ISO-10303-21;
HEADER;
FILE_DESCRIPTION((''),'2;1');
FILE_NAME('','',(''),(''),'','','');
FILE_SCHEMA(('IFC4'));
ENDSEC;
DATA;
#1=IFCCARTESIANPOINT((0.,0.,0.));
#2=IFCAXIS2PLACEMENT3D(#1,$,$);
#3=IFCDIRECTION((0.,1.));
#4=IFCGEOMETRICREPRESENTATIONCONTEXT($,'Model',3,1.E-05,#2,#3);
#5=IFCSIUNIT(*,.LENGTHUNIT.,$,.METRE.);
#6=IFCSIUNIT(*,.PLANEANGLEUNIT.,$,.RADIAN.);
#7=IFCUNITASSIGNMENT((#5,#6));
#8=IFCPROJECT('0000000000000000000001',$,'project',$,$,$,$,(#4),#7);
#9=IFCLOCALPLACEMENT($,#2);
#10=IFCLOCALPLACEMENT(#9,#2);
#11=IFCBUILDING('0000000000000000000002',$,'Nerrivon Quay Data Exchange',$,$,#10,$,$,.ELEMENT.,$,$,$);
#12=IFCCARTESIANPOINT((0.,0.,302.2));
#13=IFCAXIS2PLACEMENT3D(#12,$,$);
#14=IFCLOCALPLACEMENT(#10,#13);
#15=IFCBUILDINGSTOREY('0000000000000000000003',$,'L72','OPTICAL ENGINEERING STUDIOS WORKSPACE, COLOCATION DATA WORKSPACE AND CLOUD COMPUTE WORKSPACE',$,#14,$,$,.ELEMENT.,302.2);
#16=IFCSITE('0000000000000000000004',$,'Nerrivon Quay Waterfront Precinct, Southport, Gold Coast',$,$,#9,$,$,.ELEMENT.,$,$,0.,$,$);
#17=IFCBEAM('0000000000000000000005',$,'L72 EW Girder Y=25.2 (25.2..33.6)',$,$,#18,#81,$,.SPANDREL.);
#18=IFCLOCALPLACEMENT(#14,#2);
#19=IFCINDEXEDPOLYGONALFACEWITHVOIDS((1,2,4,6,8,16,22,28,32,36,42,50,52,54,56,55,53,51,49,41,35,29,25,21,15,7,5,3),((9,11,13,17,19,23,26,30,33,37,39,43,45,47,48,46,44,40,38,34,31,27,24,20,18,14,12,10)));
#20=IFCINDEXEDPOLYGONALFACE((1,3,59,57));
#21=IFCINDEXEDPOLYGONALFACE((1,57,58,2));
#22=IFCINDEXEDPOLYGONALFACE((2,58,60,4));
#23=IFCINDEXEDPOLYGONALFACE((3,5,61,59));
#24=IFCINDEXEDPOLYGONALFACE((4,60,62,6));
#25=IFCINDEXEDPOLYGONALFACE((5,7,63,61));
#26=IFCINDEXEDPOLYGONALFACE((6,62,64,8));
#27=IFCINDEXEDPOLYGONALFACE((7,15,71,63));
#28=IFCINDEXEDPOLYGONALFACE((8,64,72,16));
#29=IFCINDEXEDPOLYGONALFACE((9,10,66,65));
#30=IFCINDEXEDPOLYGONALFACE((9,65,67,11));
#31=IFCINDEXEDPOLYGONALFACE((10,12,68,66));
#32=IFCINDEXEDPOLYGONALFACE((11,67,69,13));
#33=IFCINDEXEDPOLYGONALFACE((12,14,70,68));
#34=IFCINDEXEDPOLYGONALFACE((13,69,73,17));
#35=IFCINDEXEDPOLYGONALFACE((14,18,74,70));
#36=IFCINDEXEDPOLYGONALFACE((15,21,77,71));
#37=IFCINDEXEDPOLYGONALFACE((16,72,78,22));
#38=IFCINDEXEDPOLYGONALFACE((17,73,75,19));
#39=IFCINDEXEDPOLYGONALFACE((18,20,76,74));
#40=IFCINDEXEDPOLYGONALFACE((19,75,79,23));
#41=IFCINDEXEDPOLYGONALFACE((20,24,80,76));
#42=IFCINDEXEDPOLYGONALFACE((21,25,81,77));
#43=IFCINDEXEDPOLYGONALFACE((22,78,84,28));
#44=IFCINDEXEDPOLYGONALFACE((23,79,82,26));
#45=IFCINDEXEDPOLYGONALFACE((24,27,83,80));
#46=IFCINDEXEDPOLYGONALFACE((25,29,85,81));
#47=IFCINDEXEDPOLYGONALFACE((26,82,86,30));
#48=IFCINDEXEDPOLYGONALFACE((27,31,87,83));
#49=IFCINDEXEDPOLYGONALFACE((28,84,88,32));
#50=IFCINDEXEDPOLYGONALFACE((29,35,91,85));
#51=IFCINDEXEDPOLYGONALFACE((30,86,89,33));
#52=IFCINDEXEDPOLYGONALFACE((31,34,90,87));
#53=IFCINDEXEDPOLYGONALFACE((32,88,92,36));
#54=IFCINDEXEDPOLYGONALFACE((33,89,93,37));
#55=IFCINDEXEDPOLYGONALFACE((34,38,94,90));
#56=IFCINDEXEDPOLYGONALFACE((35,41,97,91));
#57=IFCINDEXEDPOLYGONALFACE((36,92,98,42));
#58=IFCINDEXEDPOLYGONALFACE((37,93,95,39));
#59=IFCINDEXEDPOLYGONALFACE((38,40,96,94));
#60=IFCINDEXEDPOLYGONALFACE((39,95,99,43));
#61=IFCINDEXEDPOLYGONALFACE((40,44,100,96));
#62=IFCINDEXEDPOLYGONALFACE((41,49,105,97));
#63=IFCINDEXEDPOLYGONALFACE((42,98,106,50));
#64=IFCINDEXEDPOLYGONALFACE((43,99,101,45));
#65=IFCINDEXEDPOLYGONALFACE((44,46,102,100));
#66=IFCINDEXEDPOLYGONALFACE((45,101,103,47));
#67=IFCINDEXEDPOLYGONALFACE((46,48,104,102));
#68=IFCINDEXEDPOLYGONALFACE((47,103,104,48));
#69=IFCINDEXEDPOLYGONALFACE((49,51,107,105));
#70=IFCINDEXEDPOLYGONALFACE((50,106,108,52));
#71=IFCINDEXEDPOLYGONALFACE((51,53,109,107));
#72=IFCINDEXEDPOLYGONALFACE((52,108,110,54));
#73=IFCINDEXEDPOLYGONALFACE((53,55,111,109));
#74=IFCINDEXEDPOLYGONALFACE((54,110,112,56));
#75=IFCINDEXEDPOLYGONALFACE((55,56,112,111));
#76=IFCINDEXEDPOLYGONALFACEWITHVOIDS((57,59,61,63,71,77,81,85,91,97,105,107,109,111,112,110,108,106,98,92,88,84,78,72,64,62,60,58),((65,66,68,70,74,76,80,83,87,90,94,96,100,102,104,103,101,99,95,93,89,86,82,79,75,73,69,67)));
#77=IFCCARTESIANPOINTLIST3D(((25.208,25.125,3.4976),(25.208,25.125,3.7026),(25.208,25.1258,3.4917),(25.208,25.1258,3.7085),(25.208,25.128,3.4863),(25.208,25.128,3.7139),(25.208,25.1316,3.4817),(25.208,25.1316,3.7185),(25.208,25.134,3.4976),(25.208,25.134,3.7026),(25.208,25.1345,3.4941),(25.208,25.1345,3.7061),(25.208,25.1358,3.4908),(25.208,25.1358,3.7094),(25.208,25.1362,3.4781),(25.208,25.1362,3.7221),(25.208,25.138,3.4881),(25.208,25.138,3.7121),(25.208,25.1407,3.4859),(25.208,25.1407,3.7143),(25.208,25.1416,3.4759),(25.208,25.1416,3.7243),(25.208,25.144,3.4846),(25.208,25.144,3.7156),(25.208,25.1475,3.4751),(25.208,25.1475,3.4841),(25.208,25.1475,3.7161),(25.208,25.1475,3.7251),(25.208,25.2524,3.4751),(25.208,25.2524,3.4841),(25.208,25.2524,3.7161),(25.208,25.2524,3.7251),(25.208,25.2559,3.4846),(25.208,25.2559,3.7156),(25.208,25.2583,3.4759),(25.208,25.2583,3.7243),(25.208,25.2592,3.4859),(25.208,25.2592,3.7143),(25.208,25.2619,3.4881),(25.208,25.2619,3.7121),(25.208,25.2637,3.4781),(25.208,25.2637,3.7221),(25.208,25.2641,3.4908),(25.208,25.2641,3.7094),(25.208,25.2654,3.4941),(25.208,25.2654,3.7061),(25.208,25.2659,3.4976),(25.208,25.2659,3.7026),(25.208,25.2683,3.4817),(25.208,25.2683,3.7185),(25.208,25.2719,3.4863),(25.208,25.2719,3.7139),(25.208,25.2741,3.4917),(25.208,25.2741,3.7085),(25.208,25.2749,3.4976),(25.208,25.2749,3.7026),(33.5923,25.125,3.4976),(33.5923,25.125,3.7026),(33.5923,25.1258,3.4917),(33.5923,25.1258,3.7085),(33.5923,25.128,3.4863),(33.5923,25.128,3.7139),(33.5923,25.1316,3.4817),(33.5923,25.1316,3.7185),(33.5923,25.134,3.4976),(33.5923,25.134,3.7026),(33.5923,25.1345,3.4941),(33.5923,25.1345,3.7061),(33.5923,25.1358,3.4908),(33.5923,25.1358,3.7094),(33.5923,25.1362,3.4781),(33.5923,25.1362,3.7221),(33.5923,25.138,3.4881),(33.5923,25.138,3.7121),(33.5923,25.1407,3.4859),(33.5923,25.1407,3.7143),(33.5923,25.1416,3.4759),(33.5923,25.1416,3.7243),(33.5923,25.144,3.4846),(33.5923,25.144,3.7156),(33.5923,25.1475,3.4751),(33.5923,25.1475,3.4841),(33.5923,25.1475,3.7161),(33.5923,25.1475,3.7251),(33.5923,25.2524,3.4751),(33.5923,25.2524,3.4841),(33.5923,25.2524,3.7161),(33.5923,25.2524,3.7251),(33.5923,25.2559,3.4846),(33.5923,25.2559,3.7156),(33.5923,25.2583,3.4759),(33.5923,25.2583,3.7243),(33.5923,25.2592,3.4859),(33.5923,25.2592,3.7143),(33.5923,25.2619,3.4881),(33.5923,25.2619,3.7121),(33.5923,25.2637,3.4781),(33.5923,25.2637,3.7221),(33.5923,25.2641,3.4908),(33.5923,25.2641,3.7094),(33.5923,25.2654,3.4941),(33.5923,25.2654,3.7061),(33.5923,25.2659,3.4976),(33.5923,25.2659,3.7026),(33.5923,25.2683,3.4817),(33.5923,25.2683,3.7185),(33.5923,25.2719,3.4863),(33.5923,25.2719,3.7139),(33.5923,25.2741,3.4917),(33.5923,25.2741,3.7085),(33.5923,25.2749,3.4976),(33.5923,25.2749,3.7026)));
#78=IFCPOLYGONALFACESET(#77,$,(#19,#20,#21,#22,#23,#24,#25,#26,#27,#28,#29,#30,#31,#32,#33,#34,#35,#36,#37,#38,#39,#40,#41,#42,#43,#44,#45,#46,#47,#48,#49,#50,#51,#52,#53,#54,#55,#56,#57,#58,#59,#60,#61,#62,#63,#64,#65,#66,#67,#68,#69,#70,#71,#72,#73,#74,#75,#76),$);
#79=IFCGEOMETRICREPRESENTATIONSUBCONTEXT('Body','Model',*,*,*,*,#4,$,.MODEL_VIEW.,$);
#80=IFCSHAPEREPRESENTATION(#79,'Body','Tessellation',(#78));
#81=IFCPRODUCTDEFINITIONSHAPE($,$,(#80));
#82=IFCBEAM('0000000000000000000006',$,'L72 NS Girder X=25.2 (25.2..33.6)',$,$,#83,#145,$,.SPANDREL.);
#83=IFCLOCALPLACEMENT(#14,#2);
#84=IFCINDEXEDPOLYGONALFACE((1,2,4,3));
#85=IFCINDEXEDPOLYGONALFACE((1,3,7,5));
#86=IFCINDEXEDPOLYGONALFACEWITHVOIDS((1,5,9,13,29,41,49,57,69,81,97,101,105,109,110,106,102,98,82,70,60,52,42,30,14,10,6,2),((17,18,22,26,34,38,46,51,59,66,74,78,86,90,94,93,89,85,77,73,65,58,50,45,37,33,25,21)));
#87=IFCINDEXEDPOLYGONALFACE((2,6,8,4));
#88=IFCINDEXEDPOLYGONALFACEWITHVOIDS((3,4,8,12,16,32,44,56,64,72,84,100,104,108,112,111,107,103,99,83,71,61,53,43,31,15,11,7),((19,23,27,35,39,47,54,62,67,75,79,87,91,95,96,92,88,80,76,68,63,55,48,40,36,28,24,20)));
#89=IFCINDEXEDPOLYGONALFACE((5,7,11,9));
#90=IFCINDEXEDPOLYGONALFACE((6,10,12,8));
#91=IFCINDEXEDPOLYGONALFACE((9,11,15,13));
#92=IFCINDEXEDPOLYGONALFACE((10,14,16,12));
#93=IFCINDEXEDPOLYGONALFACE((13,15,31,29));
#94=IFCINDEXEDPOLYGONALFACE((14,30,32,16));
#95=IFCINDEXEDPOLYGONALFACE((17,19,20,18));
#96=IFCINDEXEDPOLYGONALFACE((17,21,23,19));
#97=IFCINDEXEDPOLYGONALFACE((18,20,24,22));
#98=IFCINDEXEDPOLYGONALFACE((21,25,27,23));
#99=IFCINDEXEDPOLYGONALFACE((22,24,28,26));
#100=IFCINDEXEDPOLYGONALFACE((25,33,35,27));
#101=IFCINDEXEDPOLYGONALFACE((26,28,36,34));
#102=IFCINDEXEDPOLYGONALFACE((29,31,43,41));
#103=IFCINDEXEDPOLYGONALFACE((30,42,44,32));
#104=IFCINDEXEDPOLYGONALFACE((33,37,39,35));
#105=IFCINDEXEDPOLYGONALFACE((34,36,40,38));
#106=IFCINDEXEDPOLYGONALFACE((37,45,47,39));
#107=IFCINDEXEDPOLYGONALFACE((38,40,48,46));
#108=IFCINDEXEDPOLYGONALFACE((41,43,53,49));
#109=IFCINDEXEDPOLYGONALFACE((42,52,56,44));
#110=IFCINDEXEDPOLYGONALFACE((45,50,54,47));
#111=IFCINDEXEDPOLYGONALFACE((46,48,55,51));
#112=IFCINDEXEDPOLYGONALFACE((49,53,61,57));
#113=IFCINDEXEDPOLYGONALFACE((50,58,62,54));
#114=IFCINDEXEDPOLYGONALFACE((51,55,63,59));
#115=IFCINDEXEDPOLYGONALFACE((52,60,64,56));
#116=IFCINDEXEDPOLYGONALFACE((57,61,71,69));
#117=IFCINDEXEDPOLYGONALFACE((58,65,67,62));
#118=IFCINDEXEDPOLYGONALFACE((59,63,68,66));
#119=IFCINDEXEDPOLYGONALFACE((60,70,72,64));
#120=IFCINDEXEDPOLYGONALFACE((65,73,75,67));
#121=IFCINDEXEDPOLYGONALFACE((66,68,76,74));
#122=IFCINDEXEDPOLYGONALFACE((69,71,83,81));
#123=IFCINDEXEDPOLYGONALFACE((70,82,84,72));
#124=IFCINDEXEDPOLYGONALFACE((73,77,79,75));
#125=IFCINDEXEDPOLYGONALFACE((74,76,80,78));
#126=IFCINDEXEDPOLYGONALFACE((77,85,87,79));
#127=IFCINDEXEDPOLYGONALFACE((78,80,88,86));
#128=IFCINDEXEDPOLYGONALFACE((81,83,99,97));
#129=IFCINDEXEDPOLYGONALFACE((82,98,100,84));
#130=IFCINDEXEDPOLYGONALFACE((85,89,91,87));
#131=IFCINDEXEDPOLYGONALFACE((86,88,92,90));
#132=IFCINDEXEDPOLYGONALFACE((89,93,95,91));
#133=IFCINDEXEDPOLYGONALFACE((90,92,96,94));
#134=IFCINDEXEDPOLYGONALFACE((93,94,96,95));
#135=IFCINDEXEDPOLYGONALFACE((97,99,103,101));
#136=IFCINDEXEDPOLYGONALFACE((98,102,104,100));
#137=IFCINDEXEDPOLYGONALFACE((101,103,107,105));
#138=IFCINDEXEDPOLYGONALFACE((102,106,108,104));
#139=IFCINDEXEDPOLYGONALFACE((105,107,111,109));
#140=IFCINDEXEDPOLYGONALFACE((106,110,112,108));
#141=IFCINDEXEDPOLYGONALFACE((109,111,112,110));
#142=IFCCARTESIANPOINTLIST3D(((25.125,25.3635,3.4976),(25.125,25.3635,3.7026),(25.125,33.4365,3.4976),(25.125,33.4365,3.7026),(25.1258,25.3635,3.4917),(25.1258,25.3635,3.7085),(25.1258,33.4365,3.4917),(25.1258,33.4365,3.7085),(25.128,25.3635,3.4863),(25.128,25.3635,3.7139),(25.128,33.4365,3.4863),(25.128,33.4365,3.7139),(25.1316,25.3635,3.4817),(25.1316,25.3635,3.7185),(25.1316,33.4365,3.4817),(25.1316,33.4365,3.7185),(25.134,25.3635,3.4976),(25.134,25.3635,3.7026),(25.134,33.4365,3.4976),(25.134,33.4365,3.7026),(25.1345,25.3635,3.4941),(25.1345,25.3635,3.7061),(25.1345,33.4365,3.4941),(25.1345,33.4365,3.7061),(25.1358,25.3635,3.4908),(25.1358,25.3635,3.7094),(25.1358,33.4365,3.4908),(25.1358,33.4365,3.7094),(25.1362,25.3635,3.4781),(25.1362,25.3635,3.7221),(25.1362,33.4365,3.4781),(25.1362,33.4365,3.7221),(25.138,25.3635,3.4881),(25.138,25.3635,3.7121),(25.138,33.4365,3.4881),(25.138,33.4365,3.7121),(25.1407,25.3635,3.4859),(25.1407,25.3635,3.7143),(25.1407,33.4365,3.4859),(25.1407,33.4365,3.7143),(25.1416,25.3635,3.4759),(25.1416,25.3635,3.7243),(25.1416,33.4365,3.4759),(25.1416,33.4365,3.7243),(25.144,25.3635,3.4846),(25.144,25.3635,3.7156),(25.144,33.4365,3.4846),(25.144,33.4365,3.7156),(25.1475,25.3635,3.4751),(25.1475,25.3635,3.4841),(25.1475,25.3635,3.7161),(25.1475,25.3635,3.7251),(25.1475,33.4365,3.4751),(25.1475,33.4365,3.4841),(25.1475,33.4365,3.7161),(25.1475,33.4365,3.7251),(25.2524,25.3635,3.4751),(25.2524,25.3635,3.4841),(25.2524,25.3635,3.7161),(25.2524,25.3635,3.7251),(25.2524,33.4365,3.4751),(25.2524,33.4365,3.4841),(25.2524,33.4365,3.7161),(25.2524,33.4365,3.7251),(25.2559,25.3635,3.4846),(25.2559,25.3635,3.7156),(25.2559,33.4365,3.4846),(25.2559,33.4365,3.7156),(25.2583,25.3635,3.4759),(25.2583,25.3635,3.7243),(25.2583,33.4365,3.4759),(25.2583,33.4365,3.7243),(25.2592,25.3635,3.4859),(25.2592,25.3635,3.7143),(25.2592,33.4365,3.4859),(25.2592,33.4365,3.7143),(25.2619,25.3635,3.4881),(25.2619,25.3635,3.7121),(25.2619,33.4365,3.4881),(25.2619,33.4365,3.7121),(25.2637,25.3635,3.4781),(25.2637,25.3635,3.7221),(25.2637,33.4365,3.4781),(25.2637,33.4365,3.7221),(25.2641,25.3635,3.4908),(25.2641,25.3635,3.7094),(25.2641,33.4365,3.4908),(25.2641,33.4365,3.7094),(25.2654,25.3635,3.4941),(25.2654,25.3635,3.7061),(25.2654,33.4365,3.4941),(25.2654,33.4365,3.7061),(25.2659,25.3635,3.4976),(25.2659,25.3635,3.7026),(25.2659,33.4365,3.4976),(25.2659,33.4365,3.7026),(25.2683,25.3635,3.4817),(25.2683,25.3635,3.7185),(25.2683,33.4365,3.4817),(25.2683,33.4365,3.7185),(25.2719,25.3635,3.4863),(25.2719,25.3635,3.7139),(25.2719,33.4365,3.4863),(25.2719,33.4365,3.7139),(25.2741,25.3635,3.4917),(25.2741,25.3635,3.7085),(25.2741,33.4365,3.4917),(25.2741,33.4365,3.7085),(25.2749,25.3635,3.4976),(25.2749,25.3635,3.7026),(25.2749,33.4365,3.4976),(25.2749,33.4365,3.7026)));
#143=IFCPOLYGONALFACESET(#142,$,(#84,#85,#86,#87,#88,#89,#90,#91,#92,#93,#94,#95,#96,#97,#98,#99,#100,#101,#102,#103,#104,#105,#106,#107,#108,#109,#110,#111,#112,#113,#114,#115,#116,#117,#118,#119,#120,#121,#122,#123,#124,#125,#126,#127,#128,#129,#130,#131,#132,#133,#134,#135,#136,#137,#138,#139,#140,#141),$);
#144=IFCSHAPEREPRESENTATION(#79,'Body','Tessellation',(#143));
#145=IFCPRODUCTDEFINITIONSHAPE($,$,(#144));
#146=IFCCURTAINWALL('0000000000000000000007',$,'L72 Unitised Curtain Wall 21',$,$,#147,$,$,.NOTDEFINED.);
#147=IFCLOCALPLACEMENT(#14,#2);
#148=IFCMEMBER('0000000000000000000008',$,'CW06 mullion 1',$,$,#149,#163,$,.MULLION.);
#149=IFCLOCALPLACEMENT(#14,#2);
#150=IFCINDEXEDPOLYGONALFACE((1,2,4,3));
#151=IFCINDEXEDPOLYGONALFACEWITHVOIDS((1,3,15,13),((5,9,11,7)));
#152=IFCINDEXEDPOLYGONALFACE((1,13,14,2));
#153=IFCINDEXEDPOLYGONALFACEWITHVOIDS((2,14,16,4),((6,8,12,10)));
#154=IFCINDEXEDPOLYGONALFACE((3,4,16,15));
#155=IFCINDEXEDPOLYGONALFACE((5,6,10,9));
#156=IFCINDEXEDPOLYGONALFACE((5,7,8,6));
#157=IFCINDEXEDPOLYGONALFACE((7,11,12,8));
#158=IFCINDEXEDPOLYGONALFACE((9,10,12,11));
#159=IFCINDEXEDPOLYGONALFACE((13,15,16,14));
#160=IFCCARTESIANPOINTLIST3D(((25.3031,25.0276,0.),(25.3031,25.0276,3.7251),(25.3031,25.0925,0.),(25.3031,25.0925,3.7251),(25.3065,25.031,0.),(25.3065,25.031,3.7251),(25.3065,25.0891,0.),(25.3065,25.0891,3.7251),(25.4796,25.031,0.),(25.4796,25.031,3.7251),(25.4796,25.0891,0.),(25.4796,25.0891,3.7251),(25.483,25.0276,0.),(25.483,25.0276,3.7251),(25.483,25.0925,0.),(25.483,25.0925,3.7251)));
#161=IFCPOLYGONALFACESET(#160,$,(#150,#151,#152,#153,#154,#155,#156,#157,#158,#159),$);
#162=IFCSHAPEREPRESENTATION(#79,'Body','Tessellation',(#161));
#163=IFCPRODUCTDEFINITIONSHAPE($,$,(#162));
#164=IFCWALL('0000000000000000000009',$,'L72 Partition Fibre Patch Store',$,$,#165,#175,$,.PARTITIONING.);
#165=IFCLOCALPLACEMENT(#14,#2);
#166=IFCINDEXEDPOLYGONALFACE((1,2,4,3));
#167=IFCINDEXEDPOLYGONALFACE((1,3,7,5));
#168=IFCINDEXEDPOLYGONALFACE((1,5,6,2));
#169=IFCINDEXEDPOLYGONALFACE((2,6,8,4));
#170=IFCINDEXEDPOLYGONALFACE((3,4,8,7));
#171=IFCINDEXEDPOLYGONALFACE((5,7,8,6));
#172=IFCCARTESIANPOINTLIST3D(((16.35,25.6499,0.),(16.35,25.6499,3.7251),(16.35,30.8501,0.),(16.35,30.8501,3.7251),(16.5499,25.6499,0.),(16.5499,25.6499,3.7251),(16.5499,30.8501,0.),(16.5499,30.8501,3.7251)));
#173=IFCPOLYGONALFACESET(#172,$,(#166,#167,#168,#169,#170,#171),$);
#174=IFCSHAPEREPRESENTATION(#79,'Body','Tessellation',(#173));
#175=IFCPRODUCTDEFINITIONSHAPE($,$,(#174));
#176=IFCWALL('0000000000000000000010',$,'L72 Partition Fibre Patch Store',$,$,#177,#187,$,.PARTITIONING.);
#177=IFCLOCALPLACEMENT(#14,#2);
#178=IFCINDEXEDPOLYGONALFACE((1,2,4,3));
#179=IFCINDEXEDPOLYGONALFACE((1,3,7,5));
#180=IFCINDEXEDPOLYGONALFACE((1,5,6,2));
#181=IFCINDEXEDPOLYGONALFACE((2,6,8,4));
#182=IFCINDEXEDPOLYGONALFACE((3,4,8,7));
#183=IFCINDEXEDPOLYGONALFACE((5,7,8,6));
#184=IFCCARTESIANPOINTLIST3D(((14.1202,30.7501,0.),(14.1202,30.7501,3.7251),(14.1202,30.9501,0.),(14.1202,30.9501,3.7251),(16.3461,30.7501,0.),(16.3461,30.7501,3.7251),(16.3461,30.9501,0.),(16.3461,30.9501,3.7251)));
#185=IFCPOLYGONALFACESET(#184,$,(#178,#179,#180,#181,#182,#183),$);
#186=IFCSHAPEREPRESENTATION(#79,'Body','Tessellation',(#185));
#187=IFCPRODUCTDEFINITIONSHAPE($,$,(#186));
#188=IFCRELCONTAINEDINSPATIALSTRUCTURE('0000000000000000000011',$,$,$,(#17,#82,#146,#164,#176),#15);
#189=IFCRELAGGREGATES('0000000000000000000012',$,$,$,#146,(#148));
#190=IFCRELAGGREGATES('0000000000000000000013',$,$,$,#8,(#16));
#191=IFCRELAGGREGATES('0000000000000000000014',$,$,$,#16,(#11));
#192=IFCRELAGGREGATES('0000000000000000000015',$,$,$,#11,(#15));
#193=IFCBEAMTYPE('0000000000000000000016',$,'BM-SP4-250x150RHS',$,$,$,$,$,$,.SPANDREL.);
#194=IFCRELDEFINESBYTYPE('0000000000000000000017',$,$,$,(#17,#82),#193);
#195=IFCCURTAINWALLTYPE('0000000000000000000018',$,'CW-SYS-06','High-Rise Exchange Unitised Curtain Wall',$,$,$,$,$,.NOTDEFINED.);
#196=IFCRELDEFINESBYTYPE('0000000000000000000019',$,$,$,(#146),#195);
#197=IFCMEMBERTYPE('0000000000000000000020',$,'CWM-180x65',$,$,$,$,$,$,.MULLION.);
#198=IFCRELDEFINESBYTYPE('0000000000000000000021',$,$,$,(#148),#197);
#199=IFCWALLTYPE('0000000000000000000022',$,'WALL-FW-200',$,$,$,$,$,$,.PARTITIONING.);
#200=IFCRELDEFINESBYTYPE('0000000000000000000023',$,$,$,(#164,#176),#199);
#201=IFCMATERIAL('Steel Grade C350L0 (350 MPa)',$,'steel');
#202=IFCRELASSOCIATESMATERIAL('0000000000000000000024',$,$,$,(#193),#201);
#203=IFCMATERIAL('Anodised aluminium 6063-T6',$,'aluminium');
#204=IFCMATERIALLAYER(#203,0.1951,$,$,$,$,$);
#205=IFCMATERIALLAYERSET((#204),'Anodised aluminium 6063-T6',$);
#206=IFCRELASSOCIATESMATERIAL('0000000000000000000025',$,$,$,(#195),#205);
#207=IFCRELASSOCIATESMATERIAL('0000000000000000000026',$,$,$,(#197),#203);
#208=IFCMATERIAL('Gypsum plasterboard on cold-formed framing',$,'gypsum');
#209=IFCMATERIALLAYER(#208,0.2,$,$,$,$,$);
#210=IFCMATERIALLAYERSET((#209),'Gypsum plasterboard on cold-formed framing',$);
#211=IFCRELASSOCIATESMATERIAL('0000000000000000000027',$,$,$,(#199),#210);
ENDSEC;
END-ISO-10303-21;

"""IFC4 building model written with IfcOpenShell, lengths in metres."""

from ifc_helpers import new_model, si_unit, direction, frame, frame_2d, origin, origin_2d, place, context, subcontext, project, spatial, rectangle, hollow_rectangle, extrude, material, layer, layer_set, material_profile, profile_set, type_object, element, aggregate, save


model = new_model("IFC4")

# Units and contexts
model_context = context("Model", 3, precision=1e-05, world=origin(), true_north=direction((0.0, 1.0)))
body_context = subcontext(model_context, "Body", "Model", "MODEL_VIEW")
ifc_project = project(units=[si_unit("LENGTHUNIT", "METRE"), si_unit("PLANEANGLEUNIT", "RADIAN")], contexts=[model_context])

# Site, building, storey
site_placement = place(None, origin())
site = spatial("IfcSite", under=ifc_project, at=site_placement, Name="Nerrivon Quay Waterfront Precinct, Southport, Gold Coast", CompositionType="ELEMENT", RefElevation=0.0)
building_placement = place(site_placement, origin())
building = spatial("IfcBuilding", under=site, at=building_placement, Name="Nerrivon Quay Data Exchange", CompositionType="ELEMENT")
storey_placement = place(building_placement, frame((0.0, 0.0, 302.2)))
storey = spatial("IfcBuildingStorey", under=building, at=storey_placement, Name="L72", Description="OPTICAL ENGINEERING STUDIOS WORKSPACE, COLOCATION DATA WORKSPACE AND CLOUD COMPUTE WORKSPACE", CompositionType="ELEMENT", Elevation=302.2)

# Beams
ifc_material_1 = material(Name="Steel Grade C350L0 (350 MPa)", Category="steel")
ifc_material_profile_1 = material_profile(ifc_material_1, hollow_rectangle(XDim=0.1499, YDim=0.25, WallThickness=0.009, InnerFilletRadius=0.0134, OuterFilletRadius=0.0225, at=origin_2d()), Name="250x150x9.0RHS")
ifc_profile_set_1 = profile_set([ifc_material_profile_1], Name="Steel Grade C350L0 (350 MPa)")
beam_type_1 = type_object("IfcBeamType", Name="BM-SP4-250x150RHS", PredefinedType="SPANDREL", material=ifc_profile_set_1)
beam_1_placement = place(storey_placement, frame((25.208, 25.2, 3.6001), z_axis=(1.0, 0.0, 0.0), x_axis=(0.0, 1.0, 0.0)))
element("IfcBeam", 1, at=beam_1_placement, inside=storey, type_object=beam_type_1, Name="L72 EW Girder Y=25.2 (25.2..33.6)", PredefinedType="SPANDREL", context=body_context, shape_type="SweptSolid", body=[
    extrude(hollow_rectangle(XDim=0.1499, YDim=0.25, WallThickness=0.009, InnerFilletRadius=0.0134, OuterFilletRadius=0.0225, at=origin_2d()), origin(), (0.0, 0.0, 1.0), 8.3843),
])
beam_2_placement = place(storey_placement, frame((25.2, 25.3635, 3.6001), z_axis=(0.0, 1.0, 0.0), x_axis=(-1.0, 0.0, 0.0)))
element("IfcBeam", 2, at=beam_2_placement, inside=storey, type_object=beam_type_1, Name="L72 NS Girder X=25.2 (25.2..33.6)", PredefinedType="SPANDREL", context=body_context, shape_type="SweptSolid", body=[
    extrude(hollow_rectangle(XDim=0.1499, YDim=0.25, WallThickness=0.009, InnerFilletRadius=0.0134, OuterFilletRadius=0.0225, at=origin_2d()), origin(), (0.0, 0.0, 1.0), 8.073),
])

# Curtain wall, member
ifc_material_2 = material(Name="Anodised aluminium 6063-T6", Category="aluminium")
ifc_layer_1 = layer(ifc_material_2, 0.1951)
ifc_layer_set_1 = layer_set([ifc_layer_1], Name="Anodised aluminium 6063-T6")
curtain_wall_type = type_object("IfcCurtainWallType", Name="CW-SYS-06", Description="High-Rise Exchange Unitised Curtain Wall", PredefinedType="NOTDEFINED", material=ifc_layer_set_1)
curtain_wall_placement = place(storey_placement, origin())
curtain_wall = element("IfcCurtainWall", 3, at=curtain_wall_placement, inside=storey, type_object=curtain_wall_type, Name="L72 Unitised Curtain Wall 21", PredefinedType="NOTDEFINED")
ifc_material_profile_2 = material_profile(ifc_material_2, hollow_rectangle(XDim=0.0649, YDim=0.1799, WallThickness=0.0034, at=origin_2d()), Name="ALU-MULL-180x65")
ifc_profile_set_2 = profile_set([ifc_material_profile_2], Name="Anodised aluminium 6063-T6")
member_type = type_object("IfcMemberType", Name="CWM-180x65", PredefinedType="MULLION", material=ifc_profile_set_2)
member_placement = place(storey_placement, frame((25.3931, 25.0601, 0.0), z_axis=(0.0, 0.0, 1.0), x_axis=(0.0, 1.0, 0.0)))
member = element("IfcMember", 4, at=member_placement, type_object=member_type, Name="CW06 mullion 1", PredefinedType="MULLION", context=body_context, shape_type="SweptSolid", body=[
    extrude(hollow_rectangle(XDim=0.0649, YDim=0.1799, WallThickness=0.0034, at=origin_2d()), origin(), (0.0, 0.0, 1.0), 3.7251),
])
aggregate(curtain_wall, [member])

# Walls
ifc_material_3 = material(Name="Gypsum plasterboard on cold-formed framing", Category="gypsum")
ifc_layer_2 = layer(ifc_material_3, 0.2)
ifc_layer_set_2 = layer_set([ifc_layer_2], Name="Gypsum plasterboard on cold-formed framing")
wall_type_1 = type_object("IfcWallType", Name="WALL-FW-200", PredefinedType="PARTITIONING", material=ifc_layer_set_2)
wall_1_placement = place(storey_placement, frame((16.45, 25.6499, 0.0), z_axis=(0.0, 0.0, 1.0), x_axis=(0.0, 1.0, 0.0)))
element("IfcWall", 5, at=wall_1_placement, inside=storey, type_object=wall_type_1, Name="L72 Partition Fibre Patch Store", PredefinedType="PARTITIONING", context=body_context, shape_type="SweptSolid", body=[
    extrude(rectangle(XDim=5.2002, YDim=0.2, at=frame_2d((2.6001, 0.0))), origin(), (0.0, 0.0, 1.0), 3.7251),
])
wall_2_placement = place(storey_placement, frame((16.3459, 30.8501, 0.0), z_axis=(0.0, 0.0, 1.0), x_axis=(-1.0, 0.0, 0.0)))
element("IfcWall", 6, at=wall_2_placement, inside=storey, type_object=wall_type_1, Name="L72 Partition Fibre Patch Store", PredefinedType="PARTITIONING", context=body_context, shape_type="SweptSolid", body=[
    extrude(rectangle(XDim=2.2258, YDim=0.2, at=frame_2d((1.1128, 0.0))), origin(), (0.0, 0.0, 1.0), 3.7251),
])

save(model, "model.ifc")
